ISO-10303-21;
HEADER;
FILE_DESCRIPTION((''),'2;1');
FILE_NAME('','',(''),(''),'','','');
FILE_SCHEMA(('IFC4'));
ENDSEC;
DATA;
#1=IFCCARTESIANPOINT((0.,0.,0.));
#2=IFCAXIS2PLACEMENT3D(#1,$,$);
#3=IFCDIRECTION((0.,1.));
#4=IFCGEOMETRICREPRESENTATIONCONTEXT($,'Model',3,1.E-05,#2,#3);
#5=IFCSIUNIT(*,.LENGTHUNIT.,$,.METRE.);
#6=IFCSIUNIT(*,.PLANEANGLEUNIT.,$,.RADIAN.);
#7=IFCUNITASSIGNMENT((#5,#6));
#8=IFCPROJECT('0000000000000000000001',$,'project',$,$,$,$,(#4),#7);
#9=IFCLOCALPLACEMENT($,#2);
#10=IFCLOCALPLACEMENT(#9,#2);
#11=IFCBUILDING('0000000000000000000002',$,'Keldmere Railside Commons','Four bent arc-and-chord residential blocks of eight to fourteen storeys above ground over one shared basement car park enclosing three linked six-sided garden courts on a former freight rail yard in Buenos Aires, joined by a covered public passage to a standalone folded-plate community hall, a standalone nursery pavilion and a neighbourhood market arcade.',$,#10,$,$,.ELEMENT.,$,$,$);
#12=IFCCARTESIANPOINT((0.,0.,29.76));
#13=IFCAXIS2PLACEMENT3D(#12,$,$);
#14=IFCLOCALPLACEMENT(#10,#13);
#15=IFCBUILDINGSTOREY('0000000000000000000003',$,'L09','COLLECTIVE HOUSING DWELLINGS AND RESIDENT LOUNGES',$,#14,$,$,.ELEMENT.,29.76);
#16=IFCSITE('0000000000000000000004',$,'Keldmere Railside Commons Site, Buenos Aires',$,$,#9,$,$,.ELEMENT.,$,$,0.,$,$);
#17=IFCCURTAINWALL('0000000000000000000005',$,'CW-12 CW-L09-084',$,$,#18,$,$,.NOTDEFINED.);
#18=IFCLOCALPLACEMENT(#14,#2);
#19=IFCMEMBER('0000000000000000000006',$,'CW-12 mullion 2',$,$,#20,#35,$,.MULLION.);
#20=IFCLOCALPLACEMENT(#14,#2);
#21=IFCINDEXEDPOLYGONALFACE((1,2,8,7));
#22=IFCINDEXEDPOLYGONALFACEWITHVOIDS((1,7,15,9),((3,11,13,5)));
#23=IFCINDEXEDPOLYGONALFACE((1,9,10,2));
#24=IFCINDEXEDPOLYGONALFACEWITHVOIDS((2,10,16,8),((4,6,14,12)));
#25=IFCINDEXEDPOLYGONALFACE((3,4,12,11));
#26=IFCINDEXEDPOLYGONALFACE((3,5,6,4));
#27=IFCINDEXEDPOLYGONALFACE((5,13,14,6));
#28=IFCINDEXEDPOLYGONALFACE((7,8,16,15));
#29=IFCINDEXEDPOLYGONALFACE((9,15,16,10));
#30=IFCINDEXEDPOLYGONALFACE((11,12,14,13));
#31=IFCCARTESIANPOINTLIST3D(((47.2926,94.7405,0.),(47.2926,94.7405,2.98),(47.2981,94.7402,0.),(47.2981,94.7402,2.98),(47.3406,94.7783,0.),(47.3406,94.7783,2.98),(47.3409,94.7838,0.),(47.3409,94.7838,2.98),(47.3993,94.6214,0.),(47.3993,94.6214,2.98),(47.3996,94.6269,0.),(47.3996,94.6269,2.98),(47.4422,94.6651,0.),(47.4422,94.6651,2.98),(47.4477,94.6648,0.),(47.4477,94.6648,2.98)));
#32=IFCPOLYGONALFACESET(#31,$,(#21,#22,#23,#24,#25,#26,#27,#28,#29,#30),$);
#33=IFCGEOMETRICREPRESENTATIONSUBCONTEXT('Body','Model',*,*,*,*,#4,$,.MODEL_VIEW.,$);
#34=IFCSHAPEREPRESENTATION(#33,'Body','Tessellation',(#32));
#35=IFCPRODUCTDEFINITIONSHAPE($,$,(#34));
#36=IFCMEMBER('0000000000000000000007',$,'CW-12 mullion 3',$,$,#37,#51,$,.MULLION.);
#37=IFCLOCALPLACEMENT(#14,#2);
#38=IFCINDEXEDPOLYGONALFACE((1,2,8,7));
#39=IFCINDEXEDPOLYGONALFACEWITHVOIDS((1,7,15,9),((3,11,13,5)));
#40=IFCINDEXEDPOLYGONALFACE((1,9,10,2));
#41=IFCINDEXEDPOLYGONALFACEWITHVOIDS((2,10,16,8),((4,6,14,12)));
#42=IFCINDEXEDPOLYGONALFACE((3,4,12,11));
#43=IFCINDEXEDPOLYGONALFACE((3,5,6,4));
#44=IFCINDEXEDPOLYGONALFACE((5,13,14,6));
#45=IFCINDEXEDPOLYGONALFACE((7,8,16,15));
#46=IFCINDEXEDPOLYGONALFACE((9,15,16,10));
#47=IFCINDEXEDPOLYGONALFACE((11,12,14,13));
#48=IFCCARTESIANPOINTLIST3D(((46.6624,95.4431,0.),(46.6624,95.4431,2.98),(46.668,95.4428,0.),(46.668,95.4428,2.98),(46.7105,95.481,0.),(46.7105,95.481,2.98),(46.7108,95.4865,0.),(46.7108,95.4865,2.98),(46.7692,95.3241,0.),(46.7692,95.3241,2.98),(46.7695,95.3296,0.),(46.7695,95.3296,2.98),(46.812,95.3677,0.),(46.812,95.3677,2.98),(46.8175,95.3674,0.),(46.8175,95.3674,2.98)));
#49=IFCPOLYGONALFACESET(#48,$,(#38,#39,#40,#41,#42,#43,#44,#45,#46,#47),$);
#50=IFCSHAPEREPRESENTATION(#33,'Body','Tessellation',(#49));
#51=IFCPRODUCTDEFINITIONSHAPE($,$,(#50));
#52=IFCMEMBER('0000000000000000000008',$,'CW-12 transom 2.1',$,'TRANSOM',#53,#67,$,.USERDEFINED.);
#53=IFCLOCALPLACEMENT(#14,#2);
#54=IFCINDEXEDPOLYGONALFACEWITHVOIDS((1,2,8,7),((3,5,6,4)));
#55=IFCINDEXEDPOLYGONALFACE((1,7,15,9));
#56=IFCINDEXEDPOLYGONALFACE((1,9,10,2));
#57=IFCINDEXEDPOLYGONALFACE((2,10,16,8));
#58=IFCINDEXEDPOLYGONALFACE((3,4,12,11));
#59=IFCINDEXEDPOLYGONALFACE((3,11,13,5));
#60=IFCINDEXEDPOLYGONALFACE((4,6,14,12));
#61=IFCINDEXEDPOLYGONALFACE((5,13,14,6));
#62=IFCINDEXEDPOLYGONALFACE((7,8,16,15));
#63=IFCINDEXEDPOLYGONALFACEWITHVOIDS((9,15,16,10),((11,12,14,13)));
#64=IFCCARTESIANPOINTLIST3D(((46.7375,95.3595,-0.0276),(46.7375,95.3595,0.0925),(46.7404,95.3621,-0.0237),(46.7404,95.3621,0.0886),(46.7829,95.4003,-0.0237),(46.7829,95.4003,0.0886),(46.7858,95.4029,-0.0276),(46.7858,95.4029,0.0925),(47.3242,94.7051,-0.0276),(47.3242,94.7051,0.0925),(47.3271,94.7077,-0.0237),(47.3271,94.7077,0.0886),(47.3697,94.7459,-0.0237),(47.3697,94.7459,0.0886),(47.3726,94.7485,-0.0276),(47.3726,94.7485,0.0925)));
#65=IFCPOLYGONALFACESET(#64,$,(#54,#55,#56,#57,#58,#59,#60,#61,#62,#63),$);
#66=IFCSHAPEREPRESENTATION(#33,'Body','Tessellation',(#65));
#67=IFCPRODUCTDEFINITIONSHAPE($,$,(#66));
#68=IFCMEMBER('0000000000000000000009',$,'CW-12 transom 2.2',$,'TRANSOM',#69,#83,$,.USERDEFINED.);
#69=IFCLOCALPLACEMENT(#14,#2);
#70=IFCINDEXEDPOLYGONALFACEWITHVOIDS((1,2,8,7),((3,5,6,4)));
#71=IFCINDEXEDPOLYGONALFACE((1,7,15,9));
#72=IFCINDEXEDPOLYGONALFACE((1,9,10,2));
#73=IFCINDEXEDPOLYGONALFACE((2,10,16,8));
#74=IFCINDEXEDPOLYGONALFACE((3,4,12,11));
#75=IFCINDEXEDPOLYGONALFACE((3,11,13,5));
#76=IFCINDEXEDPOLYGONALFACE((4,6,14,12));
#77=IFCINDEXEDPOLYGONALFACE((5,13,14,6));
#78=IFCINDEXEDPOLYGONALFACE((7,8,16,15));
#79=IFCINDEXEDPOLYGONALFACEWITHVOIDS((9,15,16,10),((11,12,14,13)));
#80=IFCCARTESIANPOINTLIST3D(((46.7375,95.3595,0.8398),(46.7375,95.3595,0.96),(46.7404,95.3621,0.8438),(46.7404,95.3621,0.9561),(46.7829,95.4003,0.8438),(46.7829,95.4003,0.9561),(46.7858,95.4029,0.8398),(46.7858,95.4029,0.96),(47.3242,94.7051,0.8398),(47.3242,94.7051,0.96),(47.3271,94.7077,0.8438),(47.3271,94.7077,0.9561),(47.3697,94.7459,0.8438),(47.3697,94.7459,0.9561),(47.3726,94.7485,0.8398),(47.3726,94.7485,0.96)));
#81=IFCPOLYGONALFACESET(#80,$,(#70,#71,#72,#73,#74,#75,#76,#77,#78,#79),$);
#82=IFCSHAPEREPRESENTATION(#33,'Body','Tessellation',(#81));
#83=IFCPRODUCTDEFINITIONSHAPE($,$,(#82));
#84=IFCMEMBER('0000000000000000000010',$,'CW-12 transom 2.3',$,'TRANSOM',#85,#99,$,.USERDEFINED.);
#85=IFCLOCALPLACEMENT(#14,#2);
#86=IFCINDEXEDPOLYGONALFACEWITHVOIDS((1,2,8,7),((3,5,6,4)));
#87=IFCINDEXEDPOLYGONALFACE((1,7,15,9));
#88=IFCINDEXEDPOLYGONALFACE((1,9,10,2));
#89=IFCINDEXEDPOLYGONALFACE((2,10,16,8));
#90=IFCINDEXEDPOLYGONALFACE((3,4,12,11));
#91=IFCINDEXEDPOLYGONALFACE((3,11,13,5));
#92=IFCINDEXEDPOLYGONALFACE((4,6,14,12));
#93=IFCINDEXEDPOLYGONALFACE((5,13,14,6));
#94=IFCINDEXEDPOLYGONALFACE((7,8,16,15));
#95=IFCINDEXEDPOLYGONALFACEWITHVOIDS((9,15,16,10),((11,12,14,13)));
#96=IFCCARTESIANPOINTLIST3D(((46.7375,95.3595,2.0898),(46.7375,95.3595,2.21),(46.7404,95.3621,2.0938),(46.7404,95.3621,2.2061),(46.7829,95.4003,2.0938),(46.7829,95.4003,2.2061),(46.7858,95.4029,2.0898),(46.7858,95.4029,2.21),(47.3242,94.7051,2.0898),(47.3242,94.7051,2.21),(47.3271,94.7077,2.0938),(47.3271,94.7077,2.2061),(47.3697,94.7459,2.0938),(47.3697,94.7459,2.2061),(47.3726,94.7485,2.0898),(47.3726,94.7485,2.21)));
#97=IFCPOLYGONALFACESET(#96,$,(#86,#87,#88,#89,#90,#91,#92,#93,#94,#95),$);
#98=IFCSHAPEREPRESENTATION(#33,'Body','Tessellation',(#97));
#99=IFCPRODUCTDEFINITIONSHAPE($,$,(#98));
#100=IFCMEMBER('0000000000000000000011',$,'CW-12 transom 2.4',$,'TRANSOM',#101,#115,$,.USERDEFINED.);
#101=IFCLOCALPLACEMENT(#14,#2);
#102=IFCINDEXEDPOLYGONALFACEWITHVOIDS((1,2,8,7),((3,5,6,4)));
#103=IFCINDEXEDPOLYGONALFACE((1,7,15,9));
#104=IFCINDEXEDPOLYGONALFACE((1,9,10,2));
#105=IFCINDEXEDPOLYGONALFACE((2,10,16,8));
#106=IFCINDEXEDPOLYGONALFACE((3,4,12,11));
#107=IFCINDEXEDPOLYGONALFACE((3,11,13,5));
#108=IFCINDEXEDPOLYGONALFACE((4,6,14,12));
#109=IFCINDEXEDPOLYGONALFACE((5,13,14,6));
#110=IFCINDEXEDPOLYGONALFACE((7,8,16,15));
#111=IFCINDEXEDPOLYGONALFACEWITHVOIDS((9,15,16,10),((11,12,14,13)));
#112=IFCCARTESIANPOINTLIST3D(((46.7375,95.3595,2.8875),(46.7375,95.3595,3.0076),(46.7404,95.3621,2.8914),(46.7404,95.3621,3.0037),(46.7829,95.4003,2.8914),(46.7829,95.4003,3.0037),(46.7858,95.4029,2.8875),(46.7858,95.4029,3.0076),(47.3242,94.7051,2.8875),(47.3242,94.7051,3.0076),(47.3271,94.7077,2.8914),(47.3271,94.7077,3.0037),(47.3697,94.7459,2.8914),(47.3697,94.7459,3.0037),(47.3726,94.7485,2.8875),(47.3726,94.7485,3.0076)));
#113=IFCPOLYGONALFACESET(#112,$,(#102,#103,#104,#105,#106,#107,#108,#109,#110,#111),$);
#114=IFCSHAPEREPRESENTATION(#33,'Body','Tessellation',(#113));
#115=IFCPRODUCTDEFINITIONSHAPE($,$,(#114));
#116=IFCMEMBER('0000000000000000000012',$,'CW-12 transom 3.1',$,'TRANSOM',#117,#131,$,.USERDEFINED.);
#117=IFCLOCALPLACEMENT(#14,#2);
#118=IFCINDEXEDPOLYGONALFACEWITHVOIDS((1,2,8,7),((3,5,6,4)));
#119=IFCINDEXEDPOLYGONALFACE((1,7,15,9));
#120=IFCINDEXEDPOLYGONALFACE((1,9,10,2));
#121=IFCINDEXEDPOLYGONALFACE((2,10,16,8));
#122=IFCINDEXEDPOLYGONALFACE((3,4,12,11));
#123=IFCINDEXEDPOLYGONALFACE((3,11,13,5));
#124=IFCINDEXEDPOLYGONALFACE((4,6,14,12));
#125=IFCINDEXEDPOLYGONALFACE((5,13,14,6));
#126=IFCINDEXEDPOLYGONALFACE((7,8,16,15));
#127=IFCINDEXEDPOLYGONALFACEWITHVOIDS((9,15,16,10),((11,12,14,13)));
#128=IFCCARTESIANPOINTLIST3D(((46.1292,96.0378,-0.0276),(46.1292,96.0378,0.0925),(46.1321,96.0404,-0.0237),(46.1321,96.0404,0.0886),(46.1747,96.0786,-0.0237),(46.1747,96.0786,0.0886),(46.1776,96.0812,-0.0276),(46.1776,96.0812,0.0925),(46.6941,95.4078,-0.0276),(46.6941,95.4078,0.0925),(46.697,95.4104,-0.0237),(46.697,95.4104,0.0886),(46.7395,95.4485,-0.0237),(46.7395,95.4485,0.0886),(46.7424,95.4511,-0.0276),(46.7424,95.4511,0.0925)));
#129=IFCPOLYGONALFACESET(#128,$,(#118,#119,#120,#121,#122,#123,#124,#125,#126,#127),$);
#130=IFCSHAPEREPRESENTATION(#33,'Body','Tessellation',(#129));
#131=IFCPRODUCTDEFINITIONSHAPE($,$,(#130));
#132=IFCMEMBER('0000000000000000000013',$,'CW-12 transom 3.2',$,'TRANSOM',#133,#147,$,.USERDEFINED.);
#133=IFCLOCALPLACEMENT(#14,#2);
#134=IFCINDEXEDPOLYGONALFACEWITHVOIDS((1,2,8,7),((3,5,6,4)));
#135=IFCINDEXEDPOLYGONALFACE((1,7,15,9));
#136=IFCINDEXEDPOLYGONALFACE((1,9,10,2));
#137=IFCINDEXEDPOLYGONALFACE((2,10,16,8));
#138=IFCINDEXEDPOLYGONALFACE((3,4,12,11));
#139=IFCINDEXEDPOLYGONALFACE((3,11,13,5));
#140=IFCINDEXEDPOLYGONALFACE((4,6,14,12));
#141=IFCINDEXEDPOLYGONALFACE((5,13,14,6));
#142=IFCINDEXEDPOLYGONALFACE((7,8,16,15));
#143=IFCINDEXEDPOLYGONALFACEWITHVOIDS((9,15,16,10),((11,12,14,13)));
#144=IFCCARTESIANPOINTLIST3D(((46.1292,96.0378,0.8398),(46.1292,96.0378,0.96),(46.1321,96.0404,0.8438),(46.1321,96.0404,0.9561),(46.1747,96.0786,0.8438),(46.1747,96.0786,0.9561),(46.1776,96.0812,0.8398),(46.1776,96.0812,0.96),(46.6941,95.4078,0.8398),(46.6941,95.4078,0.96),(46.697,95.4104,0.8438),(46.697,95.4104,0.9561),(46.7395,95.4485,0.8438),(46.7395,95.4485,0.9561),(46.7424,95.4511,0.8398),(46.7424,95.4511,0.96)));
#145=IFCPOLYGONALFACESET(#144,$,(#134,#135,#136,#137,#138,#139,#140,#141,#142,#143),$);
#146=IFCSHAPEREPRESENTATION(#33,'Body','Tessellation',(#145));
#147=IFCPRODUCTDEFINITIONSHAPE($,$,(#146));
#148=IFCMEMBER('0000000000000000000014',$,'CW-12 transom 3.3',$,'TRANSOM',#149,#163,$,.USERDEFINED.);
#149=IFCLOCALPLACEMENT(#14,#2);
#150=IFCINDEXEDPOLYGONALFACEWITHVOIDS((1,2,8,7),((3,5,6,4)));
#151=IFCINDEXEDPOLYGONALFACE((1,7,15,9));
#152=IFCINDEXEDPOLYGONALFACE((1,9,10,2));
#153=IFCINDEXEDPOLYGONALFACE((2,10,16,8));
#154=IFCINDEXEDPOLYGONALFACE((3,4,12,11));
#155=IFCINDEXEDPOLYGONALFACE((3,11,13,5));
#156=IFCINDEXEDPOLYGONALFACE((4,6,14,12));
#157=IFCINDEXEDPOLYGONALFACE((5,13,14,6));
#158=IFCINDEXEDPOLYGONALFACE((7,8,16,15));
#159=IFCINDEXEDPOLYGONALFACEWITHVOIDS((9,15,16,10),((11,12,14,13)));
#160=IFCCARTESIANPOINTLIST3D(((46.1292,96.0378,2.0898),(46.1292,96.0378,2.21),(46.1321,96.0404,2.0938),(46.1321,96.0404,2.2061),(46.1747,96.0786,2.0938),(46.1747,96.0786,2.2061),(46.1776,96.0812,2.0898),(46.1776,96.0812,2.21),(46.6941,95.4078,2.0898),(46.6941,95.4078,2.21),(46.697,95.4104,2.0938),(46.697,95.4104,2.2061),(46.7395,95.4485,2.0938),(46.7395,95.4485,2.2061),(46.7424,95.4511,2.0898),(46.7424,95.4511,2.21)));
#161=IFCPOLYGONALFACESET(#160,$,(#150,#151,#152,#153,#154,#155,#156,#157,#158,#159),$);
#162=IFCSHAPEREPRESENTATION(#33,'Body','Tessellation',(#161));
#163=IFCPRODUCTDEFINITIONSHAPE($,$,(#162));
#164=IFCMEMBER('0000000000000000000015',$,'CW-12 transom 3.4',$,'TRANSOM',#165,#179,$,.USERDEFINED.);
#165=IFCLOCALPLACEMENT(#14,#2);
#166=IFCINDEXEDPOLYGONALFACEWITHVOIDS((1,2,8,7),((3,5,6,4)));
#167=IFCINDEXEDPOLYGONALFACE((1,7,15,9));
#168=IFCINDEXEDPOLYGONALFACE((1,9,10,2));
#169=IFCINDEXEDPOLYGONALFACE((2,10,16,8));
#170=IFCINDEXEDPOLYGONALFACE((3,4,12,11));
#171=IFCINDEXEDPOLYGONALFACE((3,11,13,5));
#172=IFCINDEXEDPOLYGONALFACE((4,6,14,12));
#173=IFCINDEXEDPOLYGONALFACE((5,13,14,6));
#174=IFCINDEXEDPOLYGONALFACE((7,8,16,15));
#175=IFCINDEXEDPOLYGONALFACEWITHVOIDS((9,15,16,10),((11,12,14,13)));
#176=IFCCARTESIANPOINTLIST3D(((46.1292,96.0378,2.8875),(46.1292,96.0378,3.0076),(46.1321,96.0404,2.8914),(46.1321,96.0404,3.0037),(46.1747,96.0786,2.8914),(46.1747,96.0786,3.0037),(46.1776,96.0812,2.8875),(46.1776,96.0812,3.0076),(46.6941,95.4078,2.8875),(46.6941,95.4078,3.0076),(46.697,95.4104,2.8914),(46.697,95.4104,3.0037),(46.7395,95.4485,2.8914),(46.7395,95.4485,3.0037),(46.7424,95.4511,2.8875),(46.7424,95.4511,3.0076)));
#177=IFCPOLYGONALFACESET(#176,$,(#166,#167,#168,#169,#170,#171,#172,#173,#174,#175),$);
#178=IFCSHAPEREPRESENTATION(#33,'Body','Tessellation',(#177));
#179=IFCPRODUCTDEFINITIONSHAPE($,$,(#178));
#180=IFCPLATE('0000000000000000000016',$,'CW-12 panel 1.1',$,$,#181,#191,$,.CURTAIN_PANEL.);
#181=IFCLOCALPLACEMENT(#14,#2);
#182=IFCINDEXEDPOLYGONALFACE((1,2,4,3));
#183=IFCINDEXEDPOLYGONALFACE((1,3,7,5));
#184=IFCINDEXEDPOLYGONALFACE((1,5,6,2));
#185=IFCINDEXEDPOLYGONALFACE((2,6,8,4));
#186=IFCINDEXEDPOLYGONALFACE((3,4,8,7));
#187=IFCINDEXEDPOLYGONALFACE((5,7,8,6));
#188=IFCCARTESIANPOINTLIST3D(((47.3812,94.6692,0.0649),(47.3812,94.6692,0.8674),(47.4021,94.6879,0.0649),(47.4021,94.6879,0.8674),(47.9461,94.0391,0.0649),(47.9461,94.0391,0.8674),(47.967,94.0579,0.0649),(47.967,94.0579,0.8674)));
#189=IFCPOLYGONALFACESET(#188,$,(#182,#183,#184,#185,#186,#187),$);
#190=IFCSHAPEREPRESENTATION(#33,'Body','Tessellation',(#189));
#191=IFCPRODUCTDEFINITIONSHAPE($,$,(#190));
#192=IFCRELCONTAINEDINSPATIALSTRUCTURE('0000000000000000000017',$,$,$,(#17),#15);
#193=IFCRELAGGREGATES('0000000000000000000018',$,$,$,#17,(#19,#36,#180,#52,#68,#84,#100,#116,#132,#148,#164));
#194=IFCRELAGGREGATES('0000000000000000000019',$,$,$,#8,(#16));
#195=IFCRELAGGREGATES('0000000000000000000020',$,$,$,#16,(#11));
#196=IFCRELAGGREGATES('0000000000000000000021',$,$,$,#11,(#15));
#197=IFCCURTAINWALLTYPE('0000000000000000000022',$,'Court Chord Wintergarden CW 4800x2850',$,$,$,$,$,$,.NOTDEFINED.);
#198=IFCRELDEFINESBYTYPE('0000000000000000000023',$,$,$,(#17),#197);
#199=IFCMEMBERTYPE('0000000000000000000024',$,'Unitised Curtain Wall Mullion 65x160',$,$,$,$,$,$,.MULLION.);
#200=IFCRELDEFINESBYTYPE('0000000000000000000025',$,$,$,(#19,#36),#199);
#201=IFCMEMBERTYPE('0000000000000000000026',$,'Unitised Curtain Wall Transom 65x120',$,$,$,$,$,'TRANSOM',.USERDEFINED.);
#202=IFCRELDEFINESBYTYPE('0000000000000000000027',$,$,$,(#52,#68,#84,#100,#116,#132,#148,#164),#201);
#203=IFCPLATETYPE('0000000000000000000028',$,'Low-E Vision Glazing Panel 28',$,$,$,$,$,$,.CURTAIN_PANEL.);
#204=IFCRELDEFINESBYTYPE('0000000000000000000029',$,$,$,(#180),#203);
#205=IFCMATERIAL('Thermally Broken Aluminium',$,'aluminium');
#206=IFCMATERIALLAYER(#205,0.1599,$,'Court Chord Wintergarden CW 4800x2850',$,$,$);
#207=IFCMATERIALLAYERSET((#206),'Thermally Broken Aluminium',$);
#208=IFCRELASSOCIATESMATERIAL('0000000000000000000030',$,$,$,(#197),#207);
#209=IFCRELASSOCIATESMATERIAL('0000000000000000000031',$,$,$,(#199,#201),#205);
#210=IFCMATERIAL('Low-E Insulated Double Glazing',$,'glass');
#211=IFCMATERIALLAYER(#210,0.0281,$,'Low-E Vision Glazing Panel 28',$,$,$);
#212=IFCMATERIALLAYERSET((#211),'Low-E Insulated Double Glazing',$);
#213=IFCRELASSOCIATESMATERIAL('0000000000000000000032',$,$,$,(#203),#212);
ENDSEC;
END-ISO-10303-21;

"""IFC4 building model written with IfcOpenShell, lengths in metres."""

from ifc_helpers import new_model, si_unit, direction, frame, origin, origin_2d, place, context, subcontext, project, spatial, rectangle, hollow_rectangle, extrude, material, layer, layer_set, material_profile, profile_set, type_object, element, aggregate, save


model = new_model("IFC4")

# Units and contexts
model_context = context("Model", 3, precision=1e-05, world=origin(), true_north=direction((0.0, 1.0)))
body_context = subcontext(model_context, "Body", "Model", "MODEL_VIEW")
ifc_project = project(units=[si_unit("LENGTHUNIT", "METRE"), si_unit("PLANEANGLEUNIT", "RADIAN")], contexts=[model_context])

# Site, building, storey
site_placement = place(None, origin())
site = spatial("IfcSite", under=ifc_project, at=site_placement, Name="Keldmere Railside Commons Site, Buenos Aires", CompositionType="ELEMENT", RefElevation=0.0)
building_placement = place(site_placement, origin())
building = spatial("IfcBuilding", under=site, at=building_placement, Name="Keldmere Railside Commons", Description="Four bent arc-and-chord residential blocks of eight to fourteen storeys above ground over one shared basement car park enclosing three linked six-sided garden courts on a former freight rail yard in Buenos Aires, joined by a covered public passage to a standalone folded-plate community hall, a standalone nursery pavilion and a neighbourhood market arcade.", CompositionType="ELEMENT")
storey_placement = place(building_placement, frame((0.0, 0.0, 29.76)))
storey = spatial("IfcBuildingStorey", under=building, at=storey_placement, Name="L09", Description="COLLECTIVE HOUSING DWELLINGS AND RESIDENT LOUNGES", CompositionType="ELEMENT", Elevation=29.76)

# Curtain wall, members, plate
ifc_material_1 = material(Name="Thermally Broken Aluminium", Category="aluminium")
ifc_layer_1 = layer(ifc_material_1, 0.1599, Name="Court Chord Wintergarden CW 4800x2850")
ifc_layer_set_1 = layer_set([ifc_layer_1], Name="Thermally Broken Aluminium")
curtain_wall_type = type_object("IfcCurtainWallType", Name="Court Chord Wintergarden CW 4800x2850", PredefinedType="NOTDEFINED", material=ifc_layer_set_1)
curtain_wall_placement = place(storey_placement, origin())
curtain_wall = element("IfcCurtainWall", 1, at=curtain_wall_placement, inside=storey, type_object=curtain_wall_type, Name="CW-12 CW-L09-084", PredefinedType="NOTDEFINED")
ifc_material_profile_1 = material_profile(ifc_material_1, hollow_rectangle(XDim=0.0649, YDim=0.1599, WallThickness=0.0039, at=origin_2d()), Name="ALU-MULL-65x160")
ifc_profile_set_1 = profile_set([ifc_material_profile_1], Name="Thermally Broken Aluminium")
member_type_1 = type_object("IfcMemberType", Name="Unitised Curtain Wall Mullion 65x160", PredefinedType="MULLION", material=ifc_profile_set_1)
member_1_placement = place(storey_placement, frame((47.3701, 94.7026, 0.0), z_axis=(0.0, 0.0, 1.0), x_axis=(-0.744557, -0.667559, 0.0)))
member_1 = element("IfcMember", 2, at=member_1_placement, type_object=member_type_1, Name="CW-12 mullion 2", PredefinedType="MULLION", context=body_context, shape_type="SweptSolid", body=[
    extrude(hollow_rectangle(XDim=0.0649, YDim=0.1599, WallThickness=0.0039, at=origin_2d()), origin(), (0.0, 0.0, 1.0), 2.98),
])
member_2_placement = place(storey_placement, frame((46.74, 95.4053, 0.0), z_axis=(0.0, 0.0, 1.0), x_axis=(-0.744557, -0.667559, 0.0)))
member_2 = element("IfcMember", 3, at=member_2_placement, type_object=member_type_1, Name="CW-12 mullion 3", PredefinedType="MULLION", context=body_context, shape_type="SweptSolid", body=[
    extrude(hollow_rectangle(XDim=0.0649, YDim=0.1599, WallThickness=0.0039, at=origin_2d()), origin(), (0.0, 0.0, 1.0), 2.98),
])
ifc_material_profile_2 = material_profile(ifc_material_1, hollow_rectangle(XDim=0.0649, YDim=0.1201, WallThickness=0.0039, at=origin_2d()), Name="ALU-TRAN-65x120")
ifc_profile_set_2 = profile_set([ifc_material_profile_2], Name="Thermally Broken Aluminium")
member_type_2 = type_object("IfcMemberType", Name="Unitised Curtain Wall Transom 65x120", ElementType="TRANSOM", PredefinedType="USERDEFINED", material=ifc_profile_set_2)
member_3_placement = place(storey_placement, frame((47.3484, 94.7268, 0.0325), z_axis=(-0.667582, 0.744536, 0.0), x_axis=(-0.744536, -0.667582, 0.0)))
member_3 = element("IfcMember", 4, at=member_3_placement, type_object=member_type_2, Name="CW-12 transom 2.1", ObjectType="TRANSOM", PredefinedType="USERDEFINED", context=body_context, shape_type="SweptSolid", body=[
    extrude(hollow_rectangle(XDim=0.0649, YDim=0.1201, WallThickness=0.0039, at=origin_2d()), origin(), (0.0, 0.0, 1.0), 0.8789),
])
member_4_placement = place(storey_placement, frame((47.3484, 94.7268, 0.8999), z_axis=(-0.667582, 0.744536, 0.0), x_axis=(-0.744536, -0.667582, 0.0)))
member_4 = element("IfcMember", 5, at=member_4_placement, type_object=member_type_2, Name="CW-12 transom 2.2", ObjectType="TRANSOM", PredefinedType="USERDEFINED", context=body_context, shape_type="SweptSolid", body=[
    extrude(hollow_rectangle(XDim=0.0649, YDim=0.1201, WallThickness=0.0039, at=origin_2d()), origin(), (0.0, 0.0, 1.0), 0.8789),
])
member_5_placement = place(storey_placement, frame((47.3484, 94.7268, 2.1499), z_axis=(-0.667582, 0.744536, 0.0), x_axis=(-0.744536, -0.667582, 0.0)))
member_5 = element("IfcMember", 6, at=member_5_placement, type_object=member_type_2, Name="CW-12 transom 2.3", ObjectType="TRANSOM", PredefinedType="USERDEFINED", context=body_context, shape_type="SweptSolid", body=[
    extrude(hollow_rectangle(XDim=0.0649, YDim=0.1201, WallThickness=0.0039, at=origin_2d()), origin(), (0.0, 0.0, 1.0), 0.8789),
])
member_6_placement = place(storey_placement, frame((47.3484, 94.7268, 2.9475), z_axis=(-0.667582, 0.744536, 0.0), x_axis=(-0.744536, -0.667582, 0.0)))
member_6 = element("IfcMember", 7, at=member_6_placement, type_object=member_type_2, Name="CW-12 transom 2.4", ObjectType="TRANSOM", PredefinedType="USERDEFINED", context=body_context, shape_type="SweptSolid", body=[
    extrude(hollow_rectangle(XDim=0.0649, YDim=0.1201, WallThickness=0.0039, at=origin_2d()), origin(), (0.0, 0.0, 1.0), 0.8789),
])
member_7_placement = place(storey_placement, frame((46.7183, 95.4294, 0.0325), z_axis=(-0.667545, 0.744569, 0.0), x_axis=(-0.744569, -0.667545, 0.0)))
member_7 = element("IfcMember", 8, at=member_7_placement, type_object=member_type_2, Name="CW-12 transom 3.1", ObjectType="TRANSOM", PredefinedType="USERDEFINED", context=body_context, shape_type="SweptSolid", body=[
    extrude(hollow_rectangle(XDim=0.0649, YDim=0.1201, WallThickness=0.0039, at=origin_2d()), origin(), (0.0, 0.0, 1.0), 0.8462),
])
member_8_placement = place(storey_placement, frame((46.7183, 95.4294, 0.8999), z_axis=(-0.667545, 0.744569, 0.0), x_axis=(-0.744569, -0.667545, 0.0)))
member_8 = element("IfcMember", 9, at=member_8_placement, type_object=member_type_2, Name="CW-12 transom 3.2", ObjectType="TRANSOM", PredefinedType="USERDEFINED", context=body_context, shape_type="SweptSolid", body=[
    extrude(hollow_rectangle(XDim=0.0649, YDim=0.1201, WallThickness=0.0039, at=origin_2d()), origin(), (0.0, 0.0, 1.0), 0.8462),
])
member_9_placement = place(storey_placement, frame((46.7183, 95.4294, 2.1499), z_axis=(-0.667545, 0.744569, 0.0), x_axis=(-0.744569, -0.667545, 0.0)))
member_9 = element("IfcMember", 10, at=member_9_placement, type_object=member_type_2, Name="CW-12 transom 3.3", ObjectType="TRANSOM", PredefinedType="USERDEFINED", context=body_context, shape_type="SweptSolid", body=[
    extrude(hollow_rectangle(XDim=0.0649, YDim=0.1201, WallThickness=0.0039, at=origin_2d()), origin(), (0.0, 0.0, 1.0), 0.8462),
])
member_10_placement = place(storey_placement, frame((46.7183, 95.4294, 2.9475), z_axis=(-0.667545, 0.744569, 0.0), x_axis=(-0.744569, -0.667545, 0.0)))
member_10 = element("IfcMember", 11, at=member_10_placement, type_object=member_type_2, Name="CW-12 transom 3.4", ObjectType="TRANSOM", PredefinedType="USERDEFINED", context=body_context, shape_type="SweptSolid", body=[
    extrude(hollow_rectangle(XDim=0.0649, YDim=0.1201, WallThickness=0.0039, at=origin_2d()), origin(), (0.0, 0.0, 1.0), 0.8462),
])
ifc_material_2 = material(Name="Low-E Insulated Double Glazing", Category="glass")
ifc_layer_2 = layer(ifc_material_2, 0.0281, Name="Low-E Vision Glazing Panel 28")
ifc_layer_set_2 = layer_set([ifc_layer_2], Name="Low-E Insulated Double Glazing")
plate_type = type_object("IfcPlateType", Name="Low-E Vision Glazing Panel 28", PredefinedType="CURTAIN_PANEL", material=ifc_layer_set_2)
plate_1_placement = place(storey_placement, frame((47.6741, 94.3635, 0.0649), z_axis=(0.0, 0.0, 1.0), x_axis=(-0.667559, 0.744557, 0.0)))
plate_1 = element("IfcPlate", 12, at=plate_1_placement, type_object=plate_type, Name="CW-12 panel 1.1", PredefinedType="CURTAIN_PANEL", context=body_context, shape_type="SweptSolid", body=[
    extrude(rectangle(XDim=0.8462, YDim=0.0281, at=origin_2d()), origin(), (0.0, 0.0, 1.0), 0.8025),
])
aggregate(curtain_wall, [member_1, member_2, plate_1, member_3, member_4, member_5, member_6, member_7, member_8, member_9, member_10])

save(model, "model.ifc")
